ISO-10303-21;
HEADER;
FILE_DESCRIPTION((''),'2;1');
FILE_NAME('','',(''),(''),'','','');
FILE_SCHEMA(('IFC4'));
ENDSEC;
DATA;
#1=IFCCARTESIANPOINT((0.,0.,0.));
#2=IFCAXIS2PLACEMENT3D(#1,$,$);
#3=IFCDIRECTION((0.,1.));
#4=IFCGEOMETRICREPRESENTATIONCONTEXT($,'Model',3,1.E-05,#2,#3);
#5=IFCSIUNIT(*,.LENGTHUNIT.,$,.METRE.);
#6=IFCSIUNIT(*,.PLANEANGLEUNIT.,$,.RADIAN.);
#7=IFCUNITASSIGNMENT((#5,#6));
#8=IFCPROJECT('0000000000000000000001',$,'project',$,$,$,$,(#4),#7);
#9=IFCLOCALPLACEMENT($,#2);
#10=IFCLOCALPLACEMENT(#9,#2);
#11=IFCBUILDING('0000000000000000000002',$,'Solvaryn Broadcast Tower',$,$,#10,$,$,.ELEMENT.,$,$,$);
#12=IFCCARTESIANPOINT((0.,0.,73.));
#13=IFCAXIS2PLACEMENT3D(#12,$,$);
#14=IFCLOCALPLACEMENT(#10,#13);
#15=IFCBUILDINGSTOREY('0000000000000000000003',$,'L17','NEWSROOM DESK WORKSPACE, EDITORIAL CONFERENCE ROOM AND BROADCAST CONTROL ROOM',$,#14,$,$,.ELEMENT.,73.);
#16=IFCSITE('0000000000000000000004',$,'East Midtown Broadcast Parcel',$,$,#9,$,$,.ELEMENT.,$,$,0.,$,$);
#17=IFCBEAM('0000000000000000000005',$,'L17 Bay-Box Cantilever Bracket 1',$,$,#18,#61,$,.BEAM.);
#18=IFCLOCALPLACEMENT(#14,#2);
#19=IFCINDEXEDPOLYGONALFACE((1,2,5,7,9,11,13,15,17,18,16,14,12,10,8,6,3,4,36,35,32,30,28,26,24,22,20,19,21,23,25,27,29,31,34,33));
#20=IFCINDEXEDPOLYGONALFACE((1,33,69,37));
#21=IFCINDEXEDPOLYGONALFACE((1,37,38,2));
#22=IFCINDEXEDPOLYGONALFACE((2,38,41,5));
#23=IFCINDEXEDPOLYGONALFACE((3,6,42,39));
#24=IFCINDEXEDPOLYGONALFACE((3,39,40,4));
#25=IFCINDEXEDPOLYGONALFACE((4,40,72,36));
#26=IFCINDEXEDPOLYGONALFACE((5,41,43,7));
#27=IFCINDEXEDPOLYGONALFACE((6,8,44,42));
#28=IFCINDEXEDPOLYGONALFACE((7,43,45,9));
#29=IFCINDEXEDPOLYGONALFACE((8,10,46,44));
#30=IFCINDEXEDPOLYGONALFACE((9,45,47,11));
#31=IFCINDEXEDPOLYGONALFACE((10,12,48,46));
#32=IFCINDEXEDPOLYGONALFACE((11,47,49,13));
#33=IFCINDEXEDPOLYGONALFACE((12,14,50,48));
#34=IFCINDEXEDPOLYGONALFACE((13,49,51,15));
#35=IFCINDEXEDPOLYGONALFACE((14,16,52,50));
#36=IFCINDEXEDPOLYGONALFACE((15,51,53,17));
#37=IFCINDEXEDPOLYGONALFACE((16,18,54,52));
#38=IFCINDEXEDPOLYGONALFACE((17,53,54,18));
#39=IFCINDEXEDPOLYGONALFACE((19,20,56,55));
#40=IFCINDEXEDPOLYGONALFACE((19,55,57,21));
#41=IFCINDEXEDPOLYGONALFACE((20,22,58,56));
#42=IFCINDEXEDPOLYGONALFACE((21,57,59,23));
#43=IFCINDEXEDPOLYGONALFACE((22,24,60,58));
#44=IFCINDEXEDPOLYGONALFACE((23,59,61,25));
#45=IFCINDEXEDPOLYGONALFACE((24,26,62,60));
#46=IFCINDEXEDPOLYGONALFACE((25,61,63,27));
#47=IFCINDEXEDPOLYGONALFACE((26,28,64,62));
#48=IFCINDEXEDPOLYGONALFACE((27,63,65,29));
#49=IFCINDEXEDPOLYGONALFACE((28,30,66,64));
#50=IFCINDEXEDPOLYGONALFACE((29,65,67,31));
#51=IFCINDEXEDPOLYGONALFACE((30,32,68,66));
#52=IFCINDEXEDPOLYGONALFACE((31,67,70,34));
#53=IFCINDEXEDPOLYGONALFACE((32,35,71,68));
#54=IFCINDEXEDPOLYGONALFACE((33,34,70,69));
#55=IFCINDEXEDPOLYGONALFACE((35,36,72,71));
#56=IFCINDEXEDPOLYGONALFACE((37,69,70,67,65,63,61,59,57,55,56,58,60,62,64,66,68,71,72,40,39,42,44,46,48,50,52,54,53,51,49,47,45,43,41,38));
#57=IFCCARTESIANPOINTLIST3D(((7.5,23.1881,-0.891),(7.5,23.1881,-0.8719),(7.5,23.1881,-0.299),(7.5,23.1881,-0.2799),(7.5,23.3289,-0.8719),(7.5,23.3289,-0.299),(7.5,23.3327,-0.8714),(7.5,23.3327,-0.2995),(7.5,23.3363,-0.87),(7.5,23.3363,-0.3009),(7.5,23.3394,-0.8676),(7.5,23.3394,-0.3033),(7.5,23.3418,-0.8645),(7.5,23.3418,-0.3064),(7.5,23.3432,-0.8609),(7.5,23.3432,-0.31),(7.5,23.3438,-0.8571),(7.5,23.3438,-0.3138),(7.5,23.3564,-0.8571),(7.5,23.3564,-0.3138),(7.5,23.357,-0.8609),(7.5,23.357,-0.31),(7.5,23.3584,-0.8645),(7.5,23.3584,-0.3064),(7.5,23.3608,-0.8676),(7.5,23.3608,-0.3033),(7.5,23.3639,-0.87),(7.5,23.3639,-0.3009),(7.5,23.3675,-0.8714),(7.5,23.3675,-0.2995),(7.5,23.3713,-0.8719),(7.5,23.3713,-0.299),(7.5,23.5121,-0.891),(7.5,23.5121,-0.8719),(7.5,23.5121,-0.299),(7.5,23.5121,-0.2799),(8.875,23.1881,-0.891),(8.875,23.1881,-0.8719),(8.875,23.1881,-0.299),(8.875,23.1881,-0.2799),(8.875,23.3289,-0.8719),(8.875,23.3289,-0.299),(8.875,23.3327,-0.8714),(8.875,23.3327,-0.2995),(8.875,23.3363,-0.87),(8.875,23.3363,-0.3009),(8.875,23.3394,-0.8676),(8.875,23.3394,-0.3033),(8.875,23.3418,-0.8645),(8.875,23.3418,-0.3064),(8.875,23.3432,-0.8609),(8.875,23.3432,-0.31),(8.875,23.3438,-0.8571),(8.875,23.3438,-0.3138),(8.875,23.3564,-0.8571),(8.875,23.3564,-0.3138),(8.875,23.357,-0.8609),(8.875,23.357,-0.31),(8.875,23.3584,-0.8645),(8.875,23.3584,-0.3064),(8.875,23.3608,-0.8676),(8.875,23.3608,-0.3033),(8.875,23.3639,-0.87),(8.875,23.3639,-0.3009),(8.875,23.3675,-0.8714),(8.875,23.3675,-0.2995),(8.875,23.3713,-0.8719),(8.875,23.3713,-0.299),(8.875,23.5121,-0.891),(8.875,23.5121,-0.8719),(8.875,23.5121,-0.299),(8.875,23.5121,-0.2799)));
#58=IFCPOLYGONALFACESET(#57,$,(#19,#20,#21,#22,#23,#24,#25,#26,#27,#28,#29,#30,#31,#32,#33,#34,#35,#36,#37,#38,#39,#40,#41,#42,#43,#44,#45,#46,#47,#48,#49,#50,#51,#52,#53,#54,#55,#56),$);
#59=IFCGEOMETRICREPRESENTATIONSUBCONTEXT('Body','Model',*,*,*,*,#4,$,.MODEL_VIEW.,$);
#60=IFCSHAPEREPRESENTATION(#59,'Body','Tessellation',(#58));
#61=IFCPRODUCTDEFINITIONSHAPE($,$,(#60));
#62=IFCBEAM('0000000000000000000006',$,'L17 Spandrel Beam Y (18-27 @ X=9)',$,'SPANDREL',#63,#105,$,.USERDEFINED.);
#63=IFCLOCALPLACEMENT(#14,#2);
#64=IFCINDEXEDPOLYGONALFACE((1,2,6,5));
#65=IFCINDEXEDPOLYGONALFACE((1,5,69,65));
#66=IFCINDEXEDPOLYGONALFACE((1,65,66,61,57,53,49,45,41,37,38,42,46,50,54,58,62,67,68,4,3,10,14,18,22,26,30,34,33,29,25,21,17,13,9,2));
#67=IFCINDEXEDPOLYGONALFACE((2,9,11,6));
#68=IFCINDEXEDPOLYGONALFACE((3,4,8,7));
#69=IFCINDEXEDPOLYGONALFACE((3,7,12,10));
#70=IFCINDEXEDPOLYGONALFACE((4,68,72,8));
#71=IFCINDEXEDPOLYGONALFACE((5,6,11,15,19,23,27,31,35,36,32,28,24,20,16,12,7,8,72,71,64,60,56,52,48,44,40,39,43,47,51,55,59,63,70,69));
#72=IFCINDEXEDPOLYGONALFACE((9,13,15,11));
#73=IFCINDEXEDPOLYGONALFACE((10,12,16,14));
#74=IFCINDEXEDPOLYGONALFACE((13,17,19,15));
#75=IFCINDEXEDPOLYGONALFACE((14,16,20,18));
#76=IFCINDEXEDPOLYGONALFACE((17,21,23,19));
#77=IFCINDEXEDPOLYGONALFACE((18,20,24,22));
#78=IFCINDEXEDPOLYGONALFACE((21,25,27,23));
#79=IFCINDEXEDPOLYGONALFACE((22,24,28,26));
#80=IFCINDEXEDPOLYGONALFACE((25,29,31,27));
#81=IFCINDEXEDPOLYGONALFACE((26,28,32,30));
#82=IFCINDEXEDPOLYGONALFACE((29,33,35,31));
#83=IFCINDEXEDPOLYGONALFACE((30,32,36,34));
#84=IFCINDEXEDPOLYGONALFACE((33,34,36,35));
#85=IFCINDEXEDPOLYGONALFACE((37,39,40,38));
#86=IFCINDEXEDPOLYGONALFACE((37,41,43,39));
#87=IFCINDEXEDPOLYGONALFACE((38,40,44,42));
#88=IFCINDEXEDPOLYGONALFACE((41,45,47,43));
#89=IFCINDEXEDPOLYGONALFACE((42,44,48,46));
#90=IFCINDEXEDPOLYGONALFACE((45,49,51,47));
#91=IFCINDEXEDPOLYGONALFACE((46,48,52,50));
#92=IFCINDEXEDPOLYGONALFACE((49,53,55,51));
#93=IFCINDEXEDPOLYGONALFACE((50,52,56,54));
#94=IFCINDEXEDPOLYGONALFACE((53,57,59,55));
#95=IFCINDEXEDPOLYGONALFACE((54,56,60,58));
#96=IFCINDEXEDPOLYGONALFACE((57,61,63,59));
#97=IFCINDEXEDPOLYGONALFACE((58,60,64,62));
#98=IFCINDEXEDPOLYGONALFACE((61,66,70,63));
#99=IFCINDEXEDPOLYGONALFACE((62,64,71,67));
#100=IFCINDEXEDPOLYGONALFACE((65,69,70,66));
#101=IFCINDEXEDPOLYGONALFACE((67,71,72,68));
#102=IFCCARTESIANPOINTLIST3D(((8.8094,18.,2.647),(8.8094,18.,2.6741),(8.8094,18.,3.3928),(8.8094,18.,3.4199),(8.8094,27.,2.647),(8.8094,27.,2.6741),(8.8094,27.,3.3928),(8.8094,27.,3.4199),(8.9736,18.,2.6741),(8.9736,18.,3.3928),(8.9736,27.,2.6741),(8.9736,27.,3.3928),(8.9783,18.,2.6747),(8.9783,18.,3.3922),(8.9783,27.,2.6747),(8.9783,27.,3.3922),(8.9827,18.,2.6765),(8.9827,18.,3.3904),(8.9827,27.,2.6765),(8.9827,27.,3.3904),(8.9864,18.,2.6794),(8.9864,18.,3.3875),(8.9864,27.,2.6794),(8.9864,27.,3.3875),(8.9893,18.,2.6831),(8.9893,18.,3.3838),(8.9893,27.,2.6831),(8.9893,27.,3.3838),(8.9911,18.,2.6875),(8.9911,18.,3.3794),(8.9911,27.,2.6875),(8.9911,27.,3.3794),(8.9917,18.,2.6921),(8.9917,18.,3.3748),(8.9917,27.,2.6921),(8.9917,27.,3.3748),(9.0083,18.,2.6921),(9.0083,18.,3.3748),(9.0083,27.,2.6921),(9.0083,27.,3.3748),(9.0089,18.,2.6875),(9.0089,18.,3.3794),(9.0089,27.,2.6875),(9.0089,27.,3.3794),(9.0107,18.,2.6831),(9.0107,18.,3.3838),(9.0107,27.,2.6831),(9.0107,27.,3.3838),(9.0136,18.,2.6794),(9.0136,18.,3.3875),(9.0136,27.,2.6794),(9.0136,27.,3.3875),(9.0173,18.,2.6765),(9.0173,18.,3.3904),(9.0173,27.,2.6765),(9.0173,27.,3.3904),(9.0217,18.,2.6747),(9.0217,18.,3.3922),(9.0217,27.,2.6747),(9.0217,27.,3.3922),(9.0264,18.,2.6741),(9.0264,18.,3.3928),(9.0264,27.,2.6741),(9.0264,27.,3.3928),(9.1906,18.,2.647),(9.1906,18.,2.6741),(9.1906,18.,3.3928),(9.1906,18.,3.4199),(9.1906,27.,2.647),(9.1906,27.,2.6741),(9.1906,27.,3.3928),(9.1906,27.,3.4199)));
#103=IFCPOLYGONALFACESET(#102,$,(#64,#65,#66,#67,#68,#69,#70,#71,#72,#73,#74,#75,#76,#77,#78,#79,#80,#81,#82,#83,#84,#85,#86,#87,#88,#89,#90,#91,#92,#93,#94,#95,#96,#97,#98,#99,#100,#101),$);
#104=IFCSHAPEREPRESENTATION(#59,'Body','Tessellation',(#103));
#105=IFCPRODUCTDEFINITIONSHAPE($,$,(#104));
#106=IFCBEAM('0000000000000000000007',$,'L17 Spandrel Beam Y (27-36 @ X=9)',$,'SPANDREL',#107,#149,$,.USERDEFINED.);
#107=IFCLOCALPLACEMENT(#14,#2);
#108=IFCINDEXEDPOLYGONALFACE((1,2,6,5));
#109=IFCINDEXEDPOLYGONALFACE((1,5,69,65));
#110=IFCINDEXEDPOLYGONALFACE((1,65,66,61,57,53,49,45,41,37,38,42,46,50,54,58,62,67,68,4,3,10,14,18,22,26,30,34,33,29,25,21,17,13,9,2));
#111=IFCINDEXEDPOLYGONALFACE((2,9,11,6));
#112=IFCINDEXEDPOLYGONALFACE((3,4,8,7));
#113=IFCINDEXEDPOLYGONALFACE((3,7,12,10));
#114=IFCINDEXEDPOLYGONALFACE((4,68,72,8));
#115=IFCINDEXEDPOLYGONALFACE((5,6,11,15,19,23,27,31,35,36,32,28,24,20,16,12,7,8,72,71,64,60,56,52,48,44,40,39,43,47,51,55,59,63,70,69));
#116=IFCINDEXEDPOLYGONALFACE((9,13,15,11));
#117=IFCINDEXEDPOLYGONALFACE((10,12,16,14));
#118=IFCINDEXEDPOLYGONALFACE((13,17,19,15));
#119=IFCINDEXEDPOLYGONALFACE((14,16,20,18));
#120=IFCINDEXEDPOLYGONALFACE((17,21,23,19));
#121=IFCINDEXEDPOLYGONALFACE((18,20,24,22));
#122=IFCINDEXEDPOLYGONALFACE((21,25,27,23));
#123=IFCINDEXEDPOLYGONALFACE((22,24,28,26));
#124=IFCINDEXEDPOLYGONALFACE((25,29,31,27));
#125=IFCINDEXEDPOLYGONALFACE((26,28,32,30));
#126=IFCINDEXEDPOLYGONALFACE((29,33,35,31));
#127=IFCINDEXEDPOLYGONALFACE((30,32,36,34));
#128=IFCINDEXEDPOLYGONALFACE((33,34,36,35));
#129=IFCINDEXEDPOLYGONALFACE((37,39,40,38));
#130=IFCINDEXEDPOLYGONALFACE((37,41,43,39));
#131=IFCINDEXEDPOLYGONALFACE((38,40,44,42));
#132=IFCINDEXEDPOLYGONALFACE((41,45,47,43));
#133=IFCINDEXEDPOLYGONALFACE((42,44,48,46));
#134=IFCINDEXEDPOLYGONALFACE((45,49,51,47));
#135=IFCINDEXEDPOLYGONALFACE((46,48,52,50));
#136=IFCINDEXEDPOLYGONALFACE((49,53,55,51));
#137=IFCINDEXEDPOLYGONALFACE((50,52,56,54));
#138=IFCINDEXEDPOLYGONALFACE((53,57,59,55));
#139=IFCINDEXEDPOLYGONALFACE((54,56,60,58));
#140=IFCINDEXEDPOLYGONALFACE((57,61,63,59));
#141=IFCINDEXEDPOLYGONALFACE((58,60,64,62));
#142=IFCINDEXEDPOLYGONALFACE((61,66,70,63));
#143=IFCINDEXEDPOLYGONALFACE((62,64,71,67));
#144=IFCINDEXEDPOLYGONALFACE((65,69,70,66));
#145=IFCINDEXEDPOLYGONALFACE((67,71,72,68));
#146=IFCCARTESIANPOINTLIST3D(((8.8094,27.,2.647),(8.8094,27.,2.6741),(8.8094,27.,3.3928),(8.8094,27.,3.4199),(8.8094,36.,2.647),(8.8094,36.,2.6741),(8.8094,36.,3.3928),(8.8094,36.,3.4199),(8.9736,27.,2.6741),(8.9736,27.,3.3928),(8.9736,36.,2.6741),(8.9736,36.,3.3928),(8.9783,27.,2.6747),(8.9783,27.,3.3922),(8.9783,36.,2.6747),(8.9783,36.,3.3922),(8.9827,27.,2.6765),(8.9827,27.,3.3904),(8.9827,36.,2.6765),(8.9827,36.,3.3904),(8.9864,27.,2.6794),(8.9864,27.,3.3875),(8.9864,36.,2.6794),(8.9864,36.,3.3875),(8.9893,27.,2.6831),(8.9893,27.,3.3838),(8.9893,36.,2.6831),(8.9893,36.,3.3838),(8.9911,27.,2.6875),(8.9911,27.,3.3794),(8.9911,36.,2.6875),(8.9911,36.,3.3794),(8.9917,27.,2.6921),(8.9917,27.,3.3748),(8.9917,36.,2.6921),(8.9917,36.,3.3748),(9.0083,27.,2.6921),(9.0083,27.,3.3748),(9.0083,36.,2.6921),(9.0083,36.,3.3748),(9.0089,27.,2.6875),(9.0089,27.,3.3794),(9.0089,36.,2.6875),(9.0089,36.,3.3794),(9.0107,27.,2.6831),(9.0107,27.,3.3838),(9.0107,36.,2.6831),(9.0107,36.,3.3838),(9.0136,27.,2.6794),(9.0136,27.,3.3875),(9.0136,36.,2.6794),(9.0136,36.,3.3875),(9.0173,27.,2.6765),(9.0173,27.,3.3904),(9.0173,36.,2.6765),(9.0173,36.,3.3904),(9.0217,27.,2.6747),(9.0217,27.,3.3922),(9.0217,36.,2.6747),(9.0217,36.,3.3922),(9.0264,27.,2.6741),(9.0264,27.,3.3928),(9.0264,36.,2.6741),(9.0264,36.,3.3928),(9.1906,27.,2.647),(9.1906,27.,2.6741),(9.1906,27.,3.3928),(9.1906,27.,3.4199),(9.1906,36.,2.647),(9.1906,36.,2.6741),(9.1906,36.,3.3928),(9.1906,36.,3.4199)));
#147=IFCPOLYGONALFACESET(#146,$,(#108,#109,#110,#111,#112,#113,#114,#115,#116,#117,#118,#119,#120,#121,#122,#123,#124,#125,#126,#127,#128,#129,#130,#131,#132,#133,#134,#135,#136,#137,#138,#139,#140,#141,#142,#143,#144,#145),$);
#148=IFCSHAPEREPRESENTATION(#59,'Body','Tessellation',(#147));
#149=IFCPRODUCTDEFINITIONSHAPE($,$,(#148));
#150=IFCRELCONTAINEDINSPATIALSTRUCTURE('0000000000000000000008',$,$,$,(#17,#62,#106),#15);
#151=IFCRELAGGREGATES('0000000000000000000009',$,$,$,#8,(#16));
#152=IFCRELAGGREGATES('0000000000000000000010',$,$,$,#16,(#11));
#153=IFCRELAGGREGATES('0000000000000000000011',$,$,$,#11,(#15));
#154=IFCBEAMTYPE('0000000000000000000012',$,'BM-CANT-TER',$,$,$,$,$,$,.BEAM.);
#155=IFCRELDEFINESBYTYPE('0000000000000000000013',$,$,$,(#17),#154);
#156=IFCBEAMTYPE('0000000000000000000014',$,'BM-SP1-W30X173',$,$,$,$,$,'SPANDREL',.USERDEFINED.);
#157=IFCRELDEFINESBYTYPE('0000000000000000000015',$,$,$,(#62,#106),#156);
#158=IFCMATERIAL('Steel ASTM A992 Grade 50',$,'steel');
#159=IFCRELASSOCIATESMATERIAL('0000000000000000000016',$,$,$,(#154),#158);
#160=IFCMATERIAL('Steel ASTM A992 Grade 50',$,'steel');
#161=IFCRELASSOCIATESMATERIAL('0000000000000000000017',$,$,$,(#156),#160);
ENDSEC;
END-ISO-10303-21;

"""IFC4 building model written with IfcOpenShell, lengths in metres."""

from ifc_helpers import new_model, si_unit, direction, frame, origin, origin_2d, place, context, subcontext, project, spatial, i_section, extrude, material, material_profile, profile_set, type_object, element, save


model = new_model("IFC4")

# Units and contexts
model_context = context("Model", 3, precision=1e-05, world=origin(), true_north=direction((0.0, 1.0)))
body_context = subcontext(model_context, "Body", "Model", "MODEL_VIEW")
ifc_project = project(units=[si_unit("LENGTHUNIT", "METRE"), si_unit("PLANEANGLEUNIT", "RADIAN")], contexts=[model_context])

# Site, building, storey
site_placement = place(None, origin())
site = spatial("IfcSite", under=ifc_project, at=site_placement, Name="East Midtown Broadcast Parcel", CompositionType="ELEMENT", RefElevation=0.0)
building_placement = place(site_placement, origin())
building = spatial("IfcBuilding", under=site, at=building_placement, Name="Solvaryn Broadcast Tower", CompositionType="ELEMENT")
storey_placement = place(building_placement, frame((0.0, 0.0, 73.0)))
storey = spatial("IfcBuildingStorey", under=building, at=storey_placement, Name="L17", Description="NEWSROOM DESK WORKSPACE, EDITORIAL CONFERENCE ROOM AND BROADCAST CONTROL ROOM", CompositionType="ELEMENT", Elevation=73.0)

# Beams
ifc_material_1 = material(Name="Steel ASTM A992 Grade 50", Category="steel")
ifc_material_profile_1 = material_profile(ifc_material_1, i_section(OverallWidth=0.324, OverallDepth=0.6111, WebThickness=0.0127, FlangeThickness=0.019, FilletRadius=0.0149, at=origin_2d()))
ifc_profile_set_1 = profile_set([ifc_material_profile_1], Name="Steel ASTM A992 Grade 50")
beam_type_1 = type_object("IfcBeamType", Name="BM-CANT-TER", PredefinedType="BEAM", material=ifc_profile_set_1)
beam_placement = place(storey_placement, frame((8.875, 23.3501, -0.5854), z_axis=(-1.0, 0.0, 0.0), x_axis=(0.0, -1.0, 0.0)))
element("IfcBeam", 1, at=beam_placement, inside=storey, type_object=beam_type_1, Name="L17 Bay-Box Cantilever Bracket 1", PredefinedType="BEAM", context=body_context, shape_type="SweptSolid", body=[
    extrude(i_section(OverallWidth=0.324, OverallDepth=0.6111, WebThickness=0.0127, FlangeThickness=0.019, FilletRadius=0.0149, at=origin_2d()), origin(), (0.0, 0.0, 1.0), 1.375),
])
ifc_material_2 = material(Name="Steel ASTM A992 Grade 50", Category="steel")
ifc_material_profile_2 = material_profile(ifc_material_2, i_section(OverallWidth=0.3811, OverallDepth=0.7729, WebThickness=0.0166, FlangeThickness=0.0271, FilletRadius=0.0181, at=origin_2d()))
ifc_profile_set_2 = profile_set([ifc_material_profile_2], Name="Steel ASTM A992 Grade 50")
beam_type_2 = type_object("IfcBeamType", Name="BM-SP1-W30X173", ElementType="SPANDREL", PredefinedType="USERDEFINED", material=ifc_profile_set_2)
for number, where, z_axis, x_axis, name in (
    (2, (9.0, 18.0, 3.0334), (0.0, 1.0, 0.0), (-1.0, 0.0, 0.0), "L17 Spandrel Beam Y (18-27 @ X=9)"),
    (3, (9.0, 27.0, 3.0334), (0.0, 1.0, 0.0), (-1.0, 0.0, 0.0), "L17 Spandrel Beam Y (27-36 @ X=9)"),
):
    element("IfcBeam", number, at=place(storey_placement, frame(where, z_axis=z_axis, x_axis=x_axis)), inside=storey, type_object=beam_type_2, Name=name, ObjectType="SPANDREL", PredefinedType="USERDEFINED", context=body_context, shape_type="SweptSolid", body=[
        extrude(i_section(OverallWidth=0.3811, OverallDepth=0.7729, WebThickness=0.0166, FlangeThickness=0.0271, FilletRadius=0.0181, at=origin_2d()), origin(), (0.0, 0.0, 1.0), 9.0),
    ])

save(model, "model.ifc")
